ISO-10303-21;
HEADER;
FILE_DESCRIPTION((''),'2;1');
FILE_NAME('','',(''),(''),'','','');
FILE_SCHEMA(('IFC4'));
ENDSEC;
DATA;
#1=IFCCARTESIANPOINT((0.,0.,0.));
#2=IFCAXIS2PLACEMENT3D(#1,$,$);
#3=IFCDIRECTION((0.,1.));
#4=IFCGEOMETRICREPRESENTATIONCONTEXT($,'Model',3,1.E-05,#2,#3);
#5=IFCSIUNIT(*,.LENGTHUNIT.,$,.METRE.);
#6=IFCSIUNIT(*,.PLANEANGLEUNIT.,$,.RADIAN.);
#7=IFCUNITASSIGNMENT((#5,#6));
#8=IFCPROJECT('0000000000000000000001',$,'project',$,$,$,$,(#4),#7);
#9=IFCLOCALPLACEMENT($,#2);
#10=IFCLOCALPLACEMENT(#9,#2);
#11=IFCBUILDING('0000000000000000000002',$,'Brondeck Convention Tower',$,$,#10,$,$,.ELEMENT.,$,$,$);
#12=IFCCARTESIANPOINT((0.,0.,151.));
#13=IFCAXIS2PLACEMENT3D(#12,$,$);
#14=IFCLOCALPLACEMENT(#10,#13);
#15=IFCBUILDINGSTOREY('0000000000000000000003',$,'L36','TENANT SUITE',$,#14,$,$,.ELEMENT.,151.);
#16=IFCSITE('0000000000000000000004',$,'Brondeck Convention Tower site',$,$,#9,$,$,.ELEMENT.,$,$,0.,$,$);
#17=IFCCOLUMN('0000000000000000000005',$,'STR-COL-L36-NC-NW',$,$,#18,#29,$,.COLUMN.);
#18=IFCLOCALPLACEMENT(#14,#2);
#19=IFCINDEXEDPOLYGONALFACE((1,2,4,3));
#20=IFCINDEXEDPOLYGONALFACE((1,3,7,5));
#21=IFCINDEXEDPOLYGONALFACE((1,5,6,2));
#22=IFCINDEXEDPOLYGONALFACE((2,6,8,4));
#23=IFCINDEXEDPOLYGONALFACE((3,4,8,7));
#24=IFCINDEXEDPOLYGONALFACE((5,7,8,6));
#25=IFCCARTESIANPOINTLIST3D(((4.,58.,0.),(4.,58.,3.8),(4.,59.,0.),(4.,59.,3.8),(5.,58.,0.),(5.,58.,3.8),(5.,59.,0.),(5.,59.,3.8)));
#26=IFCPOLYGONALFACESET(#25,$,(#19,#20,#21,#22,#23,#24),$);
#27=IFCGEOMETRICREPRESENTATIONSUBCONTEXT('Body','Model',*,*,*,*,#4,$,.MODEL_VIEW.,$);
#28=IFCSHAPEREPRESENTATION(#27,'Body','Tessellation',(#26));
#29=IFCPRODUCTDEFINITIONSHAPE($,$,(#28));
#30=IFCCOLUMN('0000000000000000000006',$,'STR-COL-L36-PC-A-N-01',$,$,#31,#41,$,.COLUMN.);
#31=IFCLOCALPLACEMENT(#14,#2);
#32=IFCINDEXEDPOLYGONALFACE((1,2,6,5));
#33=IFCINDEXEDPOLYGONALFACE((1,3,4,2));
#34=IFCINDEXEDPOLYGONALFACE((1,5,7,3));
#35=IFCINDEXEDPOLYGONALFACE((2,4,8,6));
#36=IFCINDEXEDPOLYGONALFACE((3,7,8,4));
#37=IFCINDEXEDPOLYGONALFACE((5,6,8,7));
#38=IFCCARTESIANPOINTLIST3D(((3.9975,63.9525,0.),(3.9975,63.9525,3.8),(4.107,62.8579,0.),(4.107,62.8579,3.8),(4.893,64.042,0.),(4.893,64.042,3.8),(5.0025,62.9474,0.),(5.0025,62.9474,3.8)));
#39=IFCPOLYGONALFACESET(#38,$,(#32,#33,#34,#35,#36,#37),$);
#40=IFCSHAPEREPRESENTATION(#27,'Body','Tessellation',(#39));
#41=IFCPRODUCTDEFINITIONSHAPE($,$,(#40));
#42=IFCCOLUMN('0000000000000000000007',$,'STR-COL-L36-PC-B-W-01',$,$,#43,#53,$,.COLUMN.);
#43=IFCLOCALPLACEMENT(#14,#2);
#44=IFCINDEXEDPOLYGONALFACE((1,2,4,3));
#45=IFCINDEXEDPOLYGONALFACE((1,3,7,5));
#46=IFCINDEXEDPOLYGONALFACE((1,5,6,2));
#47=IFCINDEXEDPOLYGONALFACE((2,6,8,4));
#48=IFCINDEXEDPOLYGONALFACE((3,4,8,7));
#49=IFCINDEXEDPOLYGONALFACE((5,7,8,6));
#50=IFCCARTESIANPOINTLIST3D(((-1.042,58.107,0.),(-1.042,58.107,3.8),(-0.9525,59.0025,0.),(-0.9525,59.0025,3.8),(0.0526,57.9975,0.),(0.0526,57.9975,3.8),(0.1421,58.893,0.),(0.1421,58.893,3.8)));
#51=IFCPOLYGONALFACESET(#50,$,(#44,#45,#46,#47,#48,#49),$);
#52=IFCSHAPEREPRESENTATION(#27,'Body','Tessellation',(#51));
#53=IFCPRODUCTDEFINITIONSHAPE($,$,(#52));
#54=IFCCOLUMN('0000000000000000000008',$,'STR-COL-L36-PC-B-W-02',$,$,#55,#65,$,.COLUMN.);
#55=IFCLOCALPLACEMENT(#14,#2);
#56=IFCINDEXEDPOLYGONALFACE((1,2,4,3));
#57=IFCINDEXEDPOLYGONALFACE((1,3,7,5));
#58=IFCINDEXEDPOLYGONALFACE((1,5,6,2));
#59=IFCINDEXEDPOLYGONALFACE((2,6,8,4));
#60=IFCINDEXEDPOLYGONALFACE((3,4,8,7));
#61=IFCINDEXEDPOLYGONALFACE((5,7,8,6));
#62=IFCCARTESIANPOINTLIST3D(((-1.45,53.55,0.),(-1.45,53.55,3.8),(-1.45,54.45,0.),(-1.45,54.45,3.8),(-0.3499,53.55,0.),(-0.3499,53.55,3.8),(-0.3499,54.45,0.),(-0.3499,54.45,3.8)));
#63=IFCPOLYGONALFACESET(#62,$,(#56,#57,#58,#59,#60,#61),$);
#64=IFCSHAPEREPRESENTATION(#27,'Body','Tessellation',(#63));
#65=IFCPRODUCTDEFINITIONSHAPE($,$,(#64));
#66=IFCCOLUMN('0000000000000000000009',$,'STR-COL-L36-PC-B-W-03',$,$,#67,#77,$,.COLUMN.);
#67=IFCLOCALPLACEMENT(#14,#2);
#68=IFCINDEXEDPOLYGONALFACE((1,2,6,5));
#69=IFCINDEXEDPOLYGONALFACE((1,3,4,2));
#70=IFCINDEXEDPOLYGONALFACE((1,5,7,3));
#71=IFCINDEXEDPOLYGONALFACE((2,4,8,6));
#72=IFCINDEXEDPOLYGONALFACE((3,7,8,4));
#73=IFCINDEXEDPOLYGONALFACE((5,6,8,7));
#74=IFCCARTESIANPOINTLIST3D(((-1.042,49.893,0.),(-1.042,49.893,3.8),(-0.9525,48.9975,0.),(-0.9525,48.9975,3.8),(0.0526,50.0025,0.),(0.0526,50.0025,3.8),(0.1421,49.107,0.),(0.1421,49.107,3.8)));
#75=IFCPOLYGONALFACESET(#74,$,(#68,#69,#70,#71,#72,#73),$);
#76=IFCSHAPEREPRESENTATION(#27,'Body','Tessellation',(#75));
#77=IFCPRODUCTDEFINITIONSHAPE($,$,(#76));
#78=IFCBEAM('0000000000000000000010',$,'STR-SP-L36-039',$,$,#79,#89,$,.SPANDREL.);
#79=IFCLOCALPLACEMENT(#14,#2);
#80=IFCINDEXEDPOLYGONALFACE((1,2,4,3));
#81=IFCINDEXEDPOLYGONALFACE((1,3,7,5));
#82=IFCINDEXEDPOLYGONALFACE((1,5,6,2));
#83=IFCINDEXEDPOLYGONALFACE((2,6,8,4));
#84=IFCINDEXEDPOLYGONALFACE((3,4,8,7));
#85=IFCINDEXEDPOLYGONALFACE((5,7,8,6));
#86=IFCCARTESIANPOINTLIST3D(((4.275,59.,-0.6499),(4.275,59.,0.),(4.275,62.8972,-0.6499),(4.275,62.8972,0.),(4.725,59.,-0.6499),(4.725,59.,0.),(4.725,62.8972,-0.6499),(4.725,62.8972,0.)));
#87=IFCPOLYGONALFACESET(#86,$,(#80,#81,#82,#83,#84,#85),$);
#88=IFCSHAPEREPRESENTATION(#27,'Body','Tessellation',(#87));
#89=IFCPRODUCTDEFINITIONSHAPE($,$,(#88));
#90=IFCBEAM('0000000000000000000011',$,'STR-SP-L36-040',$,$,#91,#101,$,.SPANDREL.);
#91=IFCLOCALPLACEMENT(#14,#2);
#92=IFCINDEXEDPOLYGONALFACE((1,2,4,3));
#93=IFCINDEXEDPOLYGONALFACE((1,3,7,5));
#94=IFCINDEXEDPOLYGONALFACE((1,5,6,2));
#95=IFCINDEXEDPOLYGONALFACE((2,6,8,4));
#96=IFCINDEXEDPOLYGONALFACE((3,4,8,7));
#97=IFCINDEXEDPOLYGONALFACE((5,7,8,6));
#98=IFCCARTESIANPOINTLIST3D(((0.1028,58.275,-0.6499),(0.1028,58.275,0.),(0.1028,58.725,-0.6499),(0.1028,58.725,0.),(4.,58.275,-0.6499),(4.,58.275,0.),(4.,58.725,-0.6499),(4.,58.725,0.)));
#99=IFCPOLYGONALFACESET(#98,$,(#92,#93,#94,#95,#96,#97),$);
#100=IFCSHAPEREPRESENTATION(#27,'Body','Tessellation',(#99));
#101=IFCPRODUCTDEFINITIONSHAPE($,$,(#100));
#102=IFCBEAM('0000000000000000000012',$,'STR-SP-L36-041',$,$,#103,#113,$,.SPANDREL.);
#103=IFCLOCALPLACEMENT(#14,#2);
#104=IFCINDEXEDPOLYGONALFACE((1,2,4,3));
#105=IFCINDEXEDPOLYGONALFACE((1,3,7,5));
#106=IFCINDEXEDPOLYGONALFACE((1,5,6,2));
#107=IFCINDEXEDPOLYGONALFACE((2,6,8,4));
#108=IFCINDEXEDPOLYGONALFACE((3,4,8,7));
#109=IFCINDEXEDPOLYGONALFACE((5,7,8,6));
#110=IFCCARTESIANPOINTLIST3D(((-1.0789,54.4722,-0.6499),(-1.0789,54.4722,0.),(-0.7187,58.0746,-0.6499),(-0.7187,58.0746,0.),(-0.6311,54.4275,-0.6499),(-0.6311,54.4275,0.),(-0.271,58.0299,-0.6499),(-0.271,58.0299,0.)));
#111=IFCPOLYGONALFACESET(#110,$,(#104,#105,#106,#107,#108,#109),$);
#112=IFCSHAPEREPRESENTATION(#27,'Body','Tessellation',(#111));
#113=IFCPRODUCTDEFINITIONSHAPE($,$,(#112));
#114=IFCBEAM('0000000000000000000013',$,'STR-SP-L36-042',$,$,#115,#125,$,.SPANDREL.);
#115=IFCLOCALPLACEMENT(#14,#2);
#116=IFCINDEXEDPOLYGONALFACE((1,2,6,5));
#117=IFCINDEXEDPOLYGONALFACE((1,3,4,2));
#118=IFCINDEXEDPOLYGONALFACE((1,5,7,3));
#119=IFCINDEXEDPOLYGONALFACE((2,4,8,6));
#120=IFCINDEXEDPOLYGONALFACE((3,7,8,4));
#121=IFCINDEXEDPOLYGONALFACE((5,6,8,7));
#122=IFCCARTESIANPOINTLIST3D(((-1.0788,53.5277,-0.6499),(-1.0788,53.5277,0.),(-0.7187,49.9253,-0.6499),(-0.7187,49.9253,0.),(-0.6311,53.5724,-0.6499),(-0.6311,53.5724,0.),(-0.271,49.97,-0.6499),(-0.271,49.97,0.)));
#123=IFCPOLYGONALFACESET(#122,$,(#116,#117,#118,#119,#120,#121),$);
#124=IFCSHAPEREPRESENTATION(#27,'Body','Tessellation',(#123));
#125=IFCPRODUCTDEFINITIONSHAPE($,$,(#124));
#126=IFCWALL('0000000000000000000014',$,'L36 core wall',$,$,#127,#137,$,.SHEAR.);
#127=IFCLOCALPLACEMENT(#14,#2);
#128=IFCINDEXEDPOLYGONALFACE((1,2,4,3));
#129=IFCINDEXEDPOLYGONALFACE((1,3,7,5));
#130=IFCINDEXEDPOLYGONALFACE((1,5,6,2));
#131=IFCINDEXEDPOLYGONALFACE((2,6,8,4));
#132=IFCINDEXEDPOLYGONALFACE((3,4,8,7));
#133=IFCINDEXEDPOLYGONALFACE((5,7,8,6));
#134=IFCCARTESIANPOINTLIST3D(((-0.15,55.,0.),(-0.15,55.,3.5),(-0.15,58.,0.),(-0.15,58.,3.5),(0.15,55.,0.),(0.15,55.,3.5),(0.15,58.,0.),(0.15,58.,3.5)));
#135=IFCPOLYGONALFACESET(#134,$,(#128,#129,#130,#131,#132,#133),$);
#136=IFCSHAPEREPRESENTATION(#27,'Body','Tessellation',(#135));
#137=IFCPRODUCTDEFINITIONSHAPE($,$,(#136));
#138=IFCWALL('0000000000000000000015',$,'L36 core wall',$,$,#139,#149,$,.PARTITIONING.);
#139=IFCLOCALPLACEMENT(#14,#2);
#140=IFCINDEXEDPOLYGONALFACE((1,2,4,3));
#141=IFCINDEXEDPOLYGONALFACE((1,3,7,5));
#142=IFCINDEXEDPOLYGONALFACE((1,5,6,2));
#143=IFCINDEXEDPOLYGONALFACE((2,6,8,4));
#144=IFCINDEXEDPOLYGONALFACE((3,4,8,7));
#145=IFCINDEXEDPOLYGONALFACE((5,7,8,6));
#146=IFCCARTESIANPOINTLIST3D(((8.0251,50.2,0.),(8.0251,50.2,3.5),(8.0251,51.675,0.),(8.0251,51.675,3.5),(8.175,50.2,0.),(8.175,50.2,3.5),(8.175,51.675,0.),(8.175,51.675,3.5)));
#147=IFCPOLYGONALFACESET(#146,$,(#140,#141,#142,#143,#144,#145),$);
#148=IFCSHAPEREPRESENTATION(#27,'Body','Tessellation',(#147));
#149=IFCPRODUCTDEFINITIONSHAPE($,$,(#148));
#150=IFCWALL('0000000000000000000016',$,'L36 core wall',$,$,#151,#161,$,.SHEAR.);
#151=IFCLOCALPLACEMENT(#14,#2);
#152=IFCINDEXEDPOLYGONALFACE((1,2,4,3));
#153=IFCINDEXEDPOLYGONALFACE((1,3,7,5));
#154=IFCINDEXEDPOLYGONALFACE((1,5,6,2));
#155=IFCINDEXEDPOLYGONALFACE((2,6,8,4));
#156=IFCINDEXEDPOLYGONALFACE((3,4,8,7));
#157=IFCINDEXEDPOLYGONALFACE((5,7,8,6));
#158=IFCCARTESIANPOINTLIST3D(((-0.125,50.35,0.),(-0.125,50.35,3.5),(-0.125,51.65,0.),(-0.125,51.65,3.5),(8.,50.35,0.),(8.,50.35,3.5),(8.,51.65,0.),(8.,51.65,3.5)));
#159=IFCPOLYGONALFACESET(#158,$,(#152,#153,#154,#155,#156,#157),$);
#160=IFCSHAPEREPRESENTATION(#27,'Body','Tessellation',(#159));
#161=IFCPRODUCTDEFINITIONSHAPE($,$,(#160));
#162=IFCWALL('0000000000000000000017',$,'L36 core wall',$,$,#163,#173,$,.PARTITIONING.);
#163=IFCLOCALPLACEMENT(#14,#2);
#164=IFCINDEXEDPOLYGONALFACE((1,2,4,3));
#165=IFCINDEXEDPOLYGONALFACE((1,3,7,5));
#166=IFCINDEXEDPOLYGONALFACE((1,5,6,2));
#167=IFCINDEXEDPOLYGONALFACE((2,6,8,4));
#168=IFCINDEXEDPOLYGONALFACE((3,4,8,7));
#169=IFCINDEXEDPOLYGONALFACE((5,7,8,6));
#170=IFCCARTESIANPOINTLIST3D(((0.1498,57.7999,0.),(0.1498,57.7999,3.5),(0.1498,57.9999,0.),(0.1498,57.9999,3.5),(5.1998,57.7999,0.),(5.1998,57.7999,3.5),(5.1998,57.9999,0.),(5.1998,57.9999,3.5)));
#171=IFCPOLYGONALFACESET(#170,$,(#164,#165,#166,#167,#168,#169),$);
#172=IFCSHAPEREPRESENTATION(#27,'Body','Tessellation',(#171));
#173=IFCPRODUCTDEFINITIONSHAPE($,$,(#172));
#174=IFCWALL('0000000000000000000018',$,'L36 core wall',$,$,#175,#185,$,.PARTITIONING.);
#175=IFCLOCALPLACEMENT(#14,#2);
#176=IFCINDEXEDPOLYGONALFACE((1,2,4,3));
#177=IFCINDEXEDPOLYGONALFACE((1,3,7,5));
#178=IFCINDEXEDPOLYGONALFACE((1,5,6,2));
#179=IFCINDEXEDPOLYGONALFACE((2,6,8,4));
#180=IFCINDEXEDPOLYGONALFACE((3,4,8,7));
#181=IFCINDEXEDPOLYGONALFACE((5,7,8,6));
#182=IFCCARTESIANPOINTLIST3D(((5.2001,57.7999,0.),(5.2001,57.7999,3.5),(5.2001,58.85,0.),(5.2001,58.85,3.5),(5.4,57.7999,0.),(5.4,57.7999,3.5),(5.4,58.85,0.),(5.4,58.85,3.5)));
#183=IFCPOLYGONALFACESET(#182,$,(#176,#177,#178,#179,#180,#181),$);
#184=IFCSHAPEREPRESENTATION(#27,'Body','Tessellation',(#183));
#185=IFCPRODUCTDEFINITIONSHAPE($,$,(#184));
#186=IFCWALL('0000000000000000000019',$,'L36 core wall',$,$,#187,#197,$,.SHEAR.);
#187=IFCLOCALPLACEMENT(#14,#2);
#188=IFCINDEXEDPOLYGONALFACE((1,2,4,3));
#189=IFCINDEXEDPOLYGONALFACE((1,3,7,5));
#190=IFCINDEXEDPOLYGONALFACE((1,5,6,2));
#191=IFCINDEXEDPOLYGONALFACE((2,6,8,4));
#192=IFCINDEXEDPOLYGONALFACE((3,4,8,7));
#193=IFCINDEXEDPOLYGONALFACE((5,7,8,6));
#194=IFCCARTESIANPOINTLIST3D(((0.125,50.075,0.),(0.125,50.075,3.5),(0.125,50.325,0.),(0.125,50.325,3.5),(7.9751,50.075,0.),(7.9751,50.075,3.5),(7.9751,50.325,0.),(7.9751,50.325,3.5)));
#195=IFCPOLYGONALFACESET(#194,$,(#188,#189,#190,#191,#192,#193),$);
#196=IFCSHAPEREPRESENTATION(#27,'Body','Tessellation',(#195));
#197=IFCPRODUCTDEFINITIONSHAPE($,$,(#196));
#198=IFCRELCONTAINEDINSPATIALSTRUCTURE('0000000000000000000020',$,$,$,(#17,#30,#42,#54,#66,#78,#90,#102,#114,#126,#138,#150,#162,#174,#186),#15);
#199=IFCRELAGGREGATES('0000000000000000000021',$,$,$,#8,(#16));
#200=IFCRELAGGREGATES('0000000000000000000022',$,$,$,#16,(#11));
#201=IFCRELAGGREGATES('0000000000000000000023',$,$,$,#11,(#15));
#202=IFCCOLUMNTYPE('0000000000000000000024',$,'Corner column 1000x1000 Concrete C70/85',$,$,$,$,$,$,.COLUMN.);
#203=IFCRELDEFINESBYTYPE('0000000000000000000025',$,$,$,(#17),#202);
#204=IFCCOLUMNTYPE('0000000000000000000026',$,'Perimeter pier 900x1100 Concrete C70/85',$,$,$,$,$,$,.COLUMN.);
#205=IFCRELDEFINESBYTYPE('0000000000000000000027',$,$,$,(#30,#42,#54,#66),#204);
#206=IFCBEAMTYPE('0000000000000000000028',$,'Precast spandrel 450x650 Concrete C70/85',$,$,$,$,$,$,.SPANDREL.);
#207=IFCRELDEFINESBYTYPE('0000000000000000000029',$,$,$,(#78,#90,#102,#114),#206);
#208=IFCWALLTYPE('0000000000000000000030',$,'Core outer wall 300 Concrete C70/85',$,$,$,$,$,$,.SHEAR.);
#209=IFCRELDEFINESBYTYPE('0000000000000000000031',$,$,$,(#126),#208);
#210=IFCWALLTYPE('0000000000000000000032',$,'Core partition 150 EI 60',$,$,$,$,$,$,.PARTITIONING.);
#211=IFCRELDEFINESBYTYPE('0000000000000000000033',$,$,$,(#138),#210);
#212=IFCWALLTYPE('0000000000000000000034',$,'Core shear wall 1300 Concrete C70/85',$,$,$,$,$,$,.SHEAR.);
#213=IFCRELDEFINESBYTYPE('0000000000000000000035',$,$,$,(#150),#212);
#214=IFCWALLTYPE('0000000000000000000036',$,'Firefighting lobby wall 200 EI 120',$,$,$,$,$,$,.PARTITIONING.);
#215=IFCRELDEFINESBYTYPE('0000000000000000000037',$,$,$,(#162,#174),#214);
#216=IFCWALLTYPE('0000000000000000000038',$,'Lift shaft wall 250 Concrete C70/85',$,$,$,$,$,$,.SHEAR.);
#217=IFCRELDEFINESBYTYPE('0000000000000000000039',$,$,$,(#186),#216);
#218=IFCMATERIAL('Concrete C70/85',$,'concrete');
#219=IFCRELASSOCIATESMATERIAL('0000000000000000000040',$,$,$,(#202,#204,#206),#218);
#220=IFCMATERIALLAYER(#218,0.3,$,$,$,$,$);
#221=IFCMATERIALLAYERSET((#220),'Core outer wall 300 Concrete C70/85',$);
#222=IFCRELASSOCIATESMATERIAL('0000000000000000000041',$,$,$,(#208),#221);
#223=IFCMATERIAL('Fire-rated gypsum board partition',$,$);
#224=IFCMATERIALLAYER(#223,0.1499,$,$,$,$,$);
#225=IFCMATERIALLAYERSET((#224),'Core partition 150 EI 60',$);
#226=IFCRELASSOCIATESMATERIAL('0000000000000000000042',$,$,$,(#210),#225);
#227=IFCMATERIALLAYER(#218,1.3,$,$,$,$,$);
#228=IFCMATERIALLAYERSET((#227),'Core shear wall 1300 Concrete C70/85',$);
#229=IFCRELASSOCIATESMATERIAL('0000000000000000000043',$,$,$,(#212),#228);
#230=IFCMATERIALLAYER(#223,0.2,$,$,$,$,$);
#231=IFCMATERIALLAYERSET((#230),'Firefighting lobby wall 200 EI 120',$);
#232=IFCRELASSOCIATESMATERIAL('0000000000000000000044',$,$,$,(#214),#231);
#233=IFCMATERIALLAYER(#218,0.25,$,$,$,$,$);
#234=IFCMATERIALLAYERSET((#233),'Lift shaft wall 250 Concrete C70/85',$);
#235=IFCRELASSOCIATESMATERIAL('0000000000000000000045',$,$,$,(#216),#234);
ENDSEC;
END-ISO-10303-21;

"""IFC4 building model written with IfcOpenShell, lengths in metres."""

from ifc_helpers import new_model, si_unit, direction, frame, frame_2d, origin, origin_2d, place, context, subcontext, project, spatial, rectangle, extrude, material, layer, layer_set, material_profile, profile_set, type_object, element, save


model = new_model("IFC4")

# Units and contexts
model_context = context("Model", 3, precision=1e-05, world=origin(), true_north=direction((0.0, 1.0)))
body_context = subcontext(model_context, "Body", "Model", "MODEL_VIEW")
ifc_project = project(units=[si_unit("LENGTHUNIT", "METRE"), si_unit("PLANEANGLEUNIT", "RADIAN")], contexts=[model_context])

# Site, building, storey
site_placement = place(None, origin())
site = spatial("IfcSite", under=ifc_project, at=site_placement, Name="Brondeck Convention Tower site", CompositionType="ELEMENT", RefElevation=0.0)
building_placement = place(site_placement, origin())
building = spatial("IfcBuilding", under=site, at=building_placement, Name="Brondeck Convention Tower", CompositionType="ELEMENT")
storey_placement = place(building_placement, frame((0.0, 0.0, 151.0)))
storey = spatial("IfcBuildingStorey", under=building, at=storey_placement, Name="L36", Description="TENANT SUITE", CompositionType="ELEMENT", Elevation=151.0)

# Columns
ifc_material_1 = material(Name="Concrete C70/85", Category="concrete")
ifc_material_profile_1 = material_profile(ifc_material_1, rectangle(XDim=1.0, YDim=1.0, at=origin_2d()), Name="Corner column 1000x1000 Concrete C70/85")
ifc_profile_set_1 = profile_set([ifc_material_profile_1], Name="Concrete C70/85")
column_type_1 = type_object("IfcColumnType", Name="Corner column 1000x1000 Concrete C70/85", PredefinedType="COLUMN", material=ifc_profile_set_1)
column_placement = place(storey_placement, frame((4.5, 58.5, 0.0), z_axis=(0.0, 0.0, 1.0), x_axis=(1.0, 0.0, 0.0)))
element("IfcColumn", 1, at=column_placement, inside=storey, type_object=column_type_1, Name="STR-COL-L36-NC-NW", PredefinedType="COLUMN", context=body_context, shape_type="SweptSolid", body=[
    extrude(rectangle(XDim=1.0, YDim=1.0, at=origin_2d()), origin(), (0.0, 0.0, 1.0), 3.8),
])
ifc_material_profile_2 = material_profile(ifc_material_1, rectangle(XDim=0.8999, YDim=1.1001, at=origin_2d()), Name="Perimeter pier 900x1100 Concrete C70/85")
ifc_profile_set_2 = profile_set([ifc_material_profile_2], Name="Concrete C70/85")
column_type_2 = type_object("IfcColumnType", Name="Perimeter pier 900x1100 Concrete C70/85", PredefinedType="COLUMN", material=ifc_profile_set_2)
for number, where, z_axis, x_axis, name in (
    (2, (4.5, 63.45, 0.0), (0.0, 0.0, 1.0), (-0.995037, -0.099504, 0.0), "STR-COL-L36-PC-A-N-01"),
    (3, (-0.45, 58.5, 0.0), (0.0, 0.0, 1.0), (-0.099504, -0.995037, 0.0), "STR-COL-L36-PC-B-W-01"),
    (4, (-0.8999, 54.0, 0.0), (0.0, 0.0, 1.0), (0.0, -1.0, 0.0), "STR-COL-L36-PC-B-W-02"),
    (5, (-0.45, 49.5, 0.0), (0.0, 0.0, 1.0), (0.099504, -0.995037, 0.0), "STR-COL-L36-PC-B-W-03"),
):
    element("IfcColumn", number, at=place(storey_placement, frame(where, z_axis=z_axis, x_axis=x_axis)), inside=storey, type_object=column_type_2, Name=name, PredefinedType="COLUMN", context=body_context, shape_type="SweptSolid", body=[
        extrude(rectangle(XDim=0.8999, YDim=1.1001, at=origin_2d()), origin(), (0.0, 0.0, 1.0), 3.8),
    ])

# Beams
ifc_material_profile_3 = material_profile(ifc_material_1, rectangle(XDim=0.45, YDim=0.6499, at=origin_2d()), Name="Precast spandrel 450x650 Concrete C70/85")
ifc_profile_set_3 = profile_set([ifc_material_profile_3], Name="Concrete C70/85")
beam_type = type_object("IfcBeamType", Name="Precast spandrel 450x650 Concrete C70/85", PredefinedType="SPANDREL", material=ifc_profile_set_3)
for number, where, z_axis, x_axis, name in (
    (6, (4.5, 62.8972, -0.325), (0.0, -1.0, 0.0), (1.0, 0.0, 0.0), "STR-SP-L36-039"),
    (7, (4.0, 58.5, -0.325), (-1.0, 0.0, 0.0), (0.0, -1.0, 0.0), "STR-SP-L36-040"),
):
    element("IfcBeam", number, at=place(storey_placement, frame(where, z_axis=z_axis, x_axis=x_axis)), inside=storey, type_object=beam_type, Name=name, PredefinedType="SPANDREL", context=body_context, shape_type="SweptSolid", body=[
        extrude(rectangle(XDim=0.45, YDim=0.6499, at=origin_2d()), origin(), (0.0, 0.0, 1.0), 3.8972),
    ])
for number, where, z_axis, x_axis, name in (
    (8, (-0.4949, 58.0522, -0.325), (-0.09947, -0.995041, 0.0), (0.995041, -0.09947, 0.0), "STR-SP-L36-041"),
    (9, (-0.855, 53.55, -0.325), (0.09947, -0.995041, 0.0), (0.995041, 0.09947, 0.0), "STR-SP-L36-042"),
):
    element("IfcBeam", number, at=place(storey_placement, frame(where, z_axis=z_axis, x_axis=x_axis)), inside=storey, type_object=beam_type, Name=name, PredefinedType="SPANDREL", context=body_context, shape_type="SweptSolid", body=[
        extrude(rectangle(XDim=0.45, YDim=0.6499, at=origin_2d()), origin(), (0.0, 0.0, 1.0), 3.6204),
    ])

# Walls
ifc_layer_1 = layer(ifc_material_1, 0.3)
ifc_layer_set_1 = layer_set([ifc_layer_1], Name="Core outer wall 300 Concrete C70/85")
wall_type_1 = type_object("IfcWallType", Name="Core outer wall 300 Concrete C70/85", PredefinedType="SHEAR", material=ifc_layer_set_1)
wall_1_placement = place(storey_placement, frame((0.0, 55.0, 0.0), z_axis=(0.0, 0.0, 1.0), x_axis=(0.0, 1.0, 0.0)))
element("IfcWall", 10, at=wall_1_placement, inside=storey, type_object=wall_type_1, Name="L36 core wall", PredefinedType="SHEAR", context=body_context, shape_type="SweptSolid", body=[
    extrude(rectangle(XDim=3.0, YDim=0.3, at=frame_2d((1.5, 0.0))), origin(), (0.0, 0.0, 1.0), 3.5),
])
ifc_material_2 = material(Name="Fire-rated gypsum board partition")
ifc_layer_2 = layer(ifc_material_2, 0.1499)
ifc_layer_set_2 = layer_set([ifc_layer_2], Name="Core partition 150 EI 60")
wall_type_2 = type_object("IfcWallType", Name="Core partition 150 EI 60", PredefinedType="PARTITIONING", material=ifc_layer_set_2)
wall_2_placement = place(storey_placement, frame((8.1001, 50.2, 0.0), z_axis=(0.0, 0.0, 1.0), x_axis=(0.0, 1.0, 0.0)))
element("IfcWall", 11, at=wall_2_placement, inside=storey, type_object=wall_type_2, Name="L36 core wall", PredefinedType="PARTITIONING", context=body_context, shape_type="SweptSolid", body=[
    extrude(rectangle(XDim=1.4751, YDim=0.1499, at=frame_2d((0.7375, 0.0))), origin(), (0.0, 0.0, 1.0), 3.5),
])
ifc_layer_3 = layer(ifc_material_1, 1.3)
ifc_layer_set_3 = layer_set([ifc_layer_3], Name="Core shear wall 1300 Concrete C70/85")
wall_type_3 = type_object("IfcWallType", Name="Core shear wall 1300 Concrete C70/85", PredefinedType="SHEAR", material=ifc_layer_set_3)
wall_3_placement = place(storey_placement, frame((-0.125, 51.0, 0.0), z_axis=(0.0, 0.0, 1.0), x_axis=(1.0, 0.0, 0.0)))
element("IfcWall", 12, at=wall_3_placement, inside=storey, type_object=wall_type_3, Name="L36 core wall", PredefinedType="SHEAR", context=body_context, shape_type="SweptSolid", body=[
    extrude(rectangle(XDim=8.125, YDim=1.3, at=frame_2d((4.0625, 0.0))), origin(), (0.0, 0.0, 1.0), 3.5),
])
ifc_layer_4 = layer(ifc_material_2, 0.2)
ifc_layer_set_4 = layer_set([ifc_layer_4], Name="Firefighting lobby wall 200 EI 120")
wall_type_4 = type_object("IfcWallType", Name="Firefighting lobby wall 200 EI 120", PredefinedType="PARTITIONING", material=ifc_layer_set_4)
wall_4_placement = place(storey_placement, frame((0.1499, 57.8999, 0.0), z_axis=(0.0, 0.0, 1.0), x_axis=(1.0, 0.0, 0.0)))
element("IfcWall", 13, at=wall_4_placement, inside=storey, type_object=wall_type_4, Name="L36 core wall", PredefinedType="PARTITIONING", context=body_context, shape_type="SweptSolid", body=[
    extrude(rectangle(XDim=5.05, YDim=0.2, at=frame_2d((2.5249, 0.0))), origin(), (0.0, 0.0, 1.0), 3.5),
])
wall_5_placement = place(storey_placement, frame((5.3, 57.8, 0.0), z_axis=(0.0, 0.0, 1.0), x_axis=(0.0, 1.0, 0.0)))
element("IfcWall", 14, at=wall_5_placement, inside=storey, type_object=wall_type_4, Name="L36 core wall", PredefinedType="PARTITIONING", context=body_context, shape_type="SweptSolid", body=[
    extrude(rectangle(XDim=1.05, YDim=0.2, at=frame_2d((0.5249, 0.0))), origin(), (0.0, 0.0, 1.0), 3.5),
])
ifc_layer_5 = layer(ifc_material_1, 0.25)
ifc_layer_set_5 = layer_set([ifc_layer_5], Name="Lift shaft wall 250 Concrete C70/85")
wall_type_5 = type_object("IfcWallType", Name="Lift shaft wall 250 Concrete C70/85", PredefinedType="SHEAR", material=ifc_layer_set_5)
for number, where, z_axis, x_axis, name in (
    (15, (0.125, 50.2, 0.0), (0.0, 0.0, 1.0), (1.0, 0.0, 0.0), "L36 core wall"),
):
    element("IfcWall", number, at=place(storey_placement, frame(where, z_axis=z_axis, x_axis=x_axis)), inside=storey, type_object=wall_type_5, Name=name, PredefinedType="SHEAR", context=body_context, shape_type="SweptSolid", body=[
        extrude(rectangle(XDim=7.8501, YDim=0.25, at=frame_2d((3.925, 0.0))), origin(), (0.0, 0.0, 1.0), 3.5),
    ])

save(model, "model.ifc")
